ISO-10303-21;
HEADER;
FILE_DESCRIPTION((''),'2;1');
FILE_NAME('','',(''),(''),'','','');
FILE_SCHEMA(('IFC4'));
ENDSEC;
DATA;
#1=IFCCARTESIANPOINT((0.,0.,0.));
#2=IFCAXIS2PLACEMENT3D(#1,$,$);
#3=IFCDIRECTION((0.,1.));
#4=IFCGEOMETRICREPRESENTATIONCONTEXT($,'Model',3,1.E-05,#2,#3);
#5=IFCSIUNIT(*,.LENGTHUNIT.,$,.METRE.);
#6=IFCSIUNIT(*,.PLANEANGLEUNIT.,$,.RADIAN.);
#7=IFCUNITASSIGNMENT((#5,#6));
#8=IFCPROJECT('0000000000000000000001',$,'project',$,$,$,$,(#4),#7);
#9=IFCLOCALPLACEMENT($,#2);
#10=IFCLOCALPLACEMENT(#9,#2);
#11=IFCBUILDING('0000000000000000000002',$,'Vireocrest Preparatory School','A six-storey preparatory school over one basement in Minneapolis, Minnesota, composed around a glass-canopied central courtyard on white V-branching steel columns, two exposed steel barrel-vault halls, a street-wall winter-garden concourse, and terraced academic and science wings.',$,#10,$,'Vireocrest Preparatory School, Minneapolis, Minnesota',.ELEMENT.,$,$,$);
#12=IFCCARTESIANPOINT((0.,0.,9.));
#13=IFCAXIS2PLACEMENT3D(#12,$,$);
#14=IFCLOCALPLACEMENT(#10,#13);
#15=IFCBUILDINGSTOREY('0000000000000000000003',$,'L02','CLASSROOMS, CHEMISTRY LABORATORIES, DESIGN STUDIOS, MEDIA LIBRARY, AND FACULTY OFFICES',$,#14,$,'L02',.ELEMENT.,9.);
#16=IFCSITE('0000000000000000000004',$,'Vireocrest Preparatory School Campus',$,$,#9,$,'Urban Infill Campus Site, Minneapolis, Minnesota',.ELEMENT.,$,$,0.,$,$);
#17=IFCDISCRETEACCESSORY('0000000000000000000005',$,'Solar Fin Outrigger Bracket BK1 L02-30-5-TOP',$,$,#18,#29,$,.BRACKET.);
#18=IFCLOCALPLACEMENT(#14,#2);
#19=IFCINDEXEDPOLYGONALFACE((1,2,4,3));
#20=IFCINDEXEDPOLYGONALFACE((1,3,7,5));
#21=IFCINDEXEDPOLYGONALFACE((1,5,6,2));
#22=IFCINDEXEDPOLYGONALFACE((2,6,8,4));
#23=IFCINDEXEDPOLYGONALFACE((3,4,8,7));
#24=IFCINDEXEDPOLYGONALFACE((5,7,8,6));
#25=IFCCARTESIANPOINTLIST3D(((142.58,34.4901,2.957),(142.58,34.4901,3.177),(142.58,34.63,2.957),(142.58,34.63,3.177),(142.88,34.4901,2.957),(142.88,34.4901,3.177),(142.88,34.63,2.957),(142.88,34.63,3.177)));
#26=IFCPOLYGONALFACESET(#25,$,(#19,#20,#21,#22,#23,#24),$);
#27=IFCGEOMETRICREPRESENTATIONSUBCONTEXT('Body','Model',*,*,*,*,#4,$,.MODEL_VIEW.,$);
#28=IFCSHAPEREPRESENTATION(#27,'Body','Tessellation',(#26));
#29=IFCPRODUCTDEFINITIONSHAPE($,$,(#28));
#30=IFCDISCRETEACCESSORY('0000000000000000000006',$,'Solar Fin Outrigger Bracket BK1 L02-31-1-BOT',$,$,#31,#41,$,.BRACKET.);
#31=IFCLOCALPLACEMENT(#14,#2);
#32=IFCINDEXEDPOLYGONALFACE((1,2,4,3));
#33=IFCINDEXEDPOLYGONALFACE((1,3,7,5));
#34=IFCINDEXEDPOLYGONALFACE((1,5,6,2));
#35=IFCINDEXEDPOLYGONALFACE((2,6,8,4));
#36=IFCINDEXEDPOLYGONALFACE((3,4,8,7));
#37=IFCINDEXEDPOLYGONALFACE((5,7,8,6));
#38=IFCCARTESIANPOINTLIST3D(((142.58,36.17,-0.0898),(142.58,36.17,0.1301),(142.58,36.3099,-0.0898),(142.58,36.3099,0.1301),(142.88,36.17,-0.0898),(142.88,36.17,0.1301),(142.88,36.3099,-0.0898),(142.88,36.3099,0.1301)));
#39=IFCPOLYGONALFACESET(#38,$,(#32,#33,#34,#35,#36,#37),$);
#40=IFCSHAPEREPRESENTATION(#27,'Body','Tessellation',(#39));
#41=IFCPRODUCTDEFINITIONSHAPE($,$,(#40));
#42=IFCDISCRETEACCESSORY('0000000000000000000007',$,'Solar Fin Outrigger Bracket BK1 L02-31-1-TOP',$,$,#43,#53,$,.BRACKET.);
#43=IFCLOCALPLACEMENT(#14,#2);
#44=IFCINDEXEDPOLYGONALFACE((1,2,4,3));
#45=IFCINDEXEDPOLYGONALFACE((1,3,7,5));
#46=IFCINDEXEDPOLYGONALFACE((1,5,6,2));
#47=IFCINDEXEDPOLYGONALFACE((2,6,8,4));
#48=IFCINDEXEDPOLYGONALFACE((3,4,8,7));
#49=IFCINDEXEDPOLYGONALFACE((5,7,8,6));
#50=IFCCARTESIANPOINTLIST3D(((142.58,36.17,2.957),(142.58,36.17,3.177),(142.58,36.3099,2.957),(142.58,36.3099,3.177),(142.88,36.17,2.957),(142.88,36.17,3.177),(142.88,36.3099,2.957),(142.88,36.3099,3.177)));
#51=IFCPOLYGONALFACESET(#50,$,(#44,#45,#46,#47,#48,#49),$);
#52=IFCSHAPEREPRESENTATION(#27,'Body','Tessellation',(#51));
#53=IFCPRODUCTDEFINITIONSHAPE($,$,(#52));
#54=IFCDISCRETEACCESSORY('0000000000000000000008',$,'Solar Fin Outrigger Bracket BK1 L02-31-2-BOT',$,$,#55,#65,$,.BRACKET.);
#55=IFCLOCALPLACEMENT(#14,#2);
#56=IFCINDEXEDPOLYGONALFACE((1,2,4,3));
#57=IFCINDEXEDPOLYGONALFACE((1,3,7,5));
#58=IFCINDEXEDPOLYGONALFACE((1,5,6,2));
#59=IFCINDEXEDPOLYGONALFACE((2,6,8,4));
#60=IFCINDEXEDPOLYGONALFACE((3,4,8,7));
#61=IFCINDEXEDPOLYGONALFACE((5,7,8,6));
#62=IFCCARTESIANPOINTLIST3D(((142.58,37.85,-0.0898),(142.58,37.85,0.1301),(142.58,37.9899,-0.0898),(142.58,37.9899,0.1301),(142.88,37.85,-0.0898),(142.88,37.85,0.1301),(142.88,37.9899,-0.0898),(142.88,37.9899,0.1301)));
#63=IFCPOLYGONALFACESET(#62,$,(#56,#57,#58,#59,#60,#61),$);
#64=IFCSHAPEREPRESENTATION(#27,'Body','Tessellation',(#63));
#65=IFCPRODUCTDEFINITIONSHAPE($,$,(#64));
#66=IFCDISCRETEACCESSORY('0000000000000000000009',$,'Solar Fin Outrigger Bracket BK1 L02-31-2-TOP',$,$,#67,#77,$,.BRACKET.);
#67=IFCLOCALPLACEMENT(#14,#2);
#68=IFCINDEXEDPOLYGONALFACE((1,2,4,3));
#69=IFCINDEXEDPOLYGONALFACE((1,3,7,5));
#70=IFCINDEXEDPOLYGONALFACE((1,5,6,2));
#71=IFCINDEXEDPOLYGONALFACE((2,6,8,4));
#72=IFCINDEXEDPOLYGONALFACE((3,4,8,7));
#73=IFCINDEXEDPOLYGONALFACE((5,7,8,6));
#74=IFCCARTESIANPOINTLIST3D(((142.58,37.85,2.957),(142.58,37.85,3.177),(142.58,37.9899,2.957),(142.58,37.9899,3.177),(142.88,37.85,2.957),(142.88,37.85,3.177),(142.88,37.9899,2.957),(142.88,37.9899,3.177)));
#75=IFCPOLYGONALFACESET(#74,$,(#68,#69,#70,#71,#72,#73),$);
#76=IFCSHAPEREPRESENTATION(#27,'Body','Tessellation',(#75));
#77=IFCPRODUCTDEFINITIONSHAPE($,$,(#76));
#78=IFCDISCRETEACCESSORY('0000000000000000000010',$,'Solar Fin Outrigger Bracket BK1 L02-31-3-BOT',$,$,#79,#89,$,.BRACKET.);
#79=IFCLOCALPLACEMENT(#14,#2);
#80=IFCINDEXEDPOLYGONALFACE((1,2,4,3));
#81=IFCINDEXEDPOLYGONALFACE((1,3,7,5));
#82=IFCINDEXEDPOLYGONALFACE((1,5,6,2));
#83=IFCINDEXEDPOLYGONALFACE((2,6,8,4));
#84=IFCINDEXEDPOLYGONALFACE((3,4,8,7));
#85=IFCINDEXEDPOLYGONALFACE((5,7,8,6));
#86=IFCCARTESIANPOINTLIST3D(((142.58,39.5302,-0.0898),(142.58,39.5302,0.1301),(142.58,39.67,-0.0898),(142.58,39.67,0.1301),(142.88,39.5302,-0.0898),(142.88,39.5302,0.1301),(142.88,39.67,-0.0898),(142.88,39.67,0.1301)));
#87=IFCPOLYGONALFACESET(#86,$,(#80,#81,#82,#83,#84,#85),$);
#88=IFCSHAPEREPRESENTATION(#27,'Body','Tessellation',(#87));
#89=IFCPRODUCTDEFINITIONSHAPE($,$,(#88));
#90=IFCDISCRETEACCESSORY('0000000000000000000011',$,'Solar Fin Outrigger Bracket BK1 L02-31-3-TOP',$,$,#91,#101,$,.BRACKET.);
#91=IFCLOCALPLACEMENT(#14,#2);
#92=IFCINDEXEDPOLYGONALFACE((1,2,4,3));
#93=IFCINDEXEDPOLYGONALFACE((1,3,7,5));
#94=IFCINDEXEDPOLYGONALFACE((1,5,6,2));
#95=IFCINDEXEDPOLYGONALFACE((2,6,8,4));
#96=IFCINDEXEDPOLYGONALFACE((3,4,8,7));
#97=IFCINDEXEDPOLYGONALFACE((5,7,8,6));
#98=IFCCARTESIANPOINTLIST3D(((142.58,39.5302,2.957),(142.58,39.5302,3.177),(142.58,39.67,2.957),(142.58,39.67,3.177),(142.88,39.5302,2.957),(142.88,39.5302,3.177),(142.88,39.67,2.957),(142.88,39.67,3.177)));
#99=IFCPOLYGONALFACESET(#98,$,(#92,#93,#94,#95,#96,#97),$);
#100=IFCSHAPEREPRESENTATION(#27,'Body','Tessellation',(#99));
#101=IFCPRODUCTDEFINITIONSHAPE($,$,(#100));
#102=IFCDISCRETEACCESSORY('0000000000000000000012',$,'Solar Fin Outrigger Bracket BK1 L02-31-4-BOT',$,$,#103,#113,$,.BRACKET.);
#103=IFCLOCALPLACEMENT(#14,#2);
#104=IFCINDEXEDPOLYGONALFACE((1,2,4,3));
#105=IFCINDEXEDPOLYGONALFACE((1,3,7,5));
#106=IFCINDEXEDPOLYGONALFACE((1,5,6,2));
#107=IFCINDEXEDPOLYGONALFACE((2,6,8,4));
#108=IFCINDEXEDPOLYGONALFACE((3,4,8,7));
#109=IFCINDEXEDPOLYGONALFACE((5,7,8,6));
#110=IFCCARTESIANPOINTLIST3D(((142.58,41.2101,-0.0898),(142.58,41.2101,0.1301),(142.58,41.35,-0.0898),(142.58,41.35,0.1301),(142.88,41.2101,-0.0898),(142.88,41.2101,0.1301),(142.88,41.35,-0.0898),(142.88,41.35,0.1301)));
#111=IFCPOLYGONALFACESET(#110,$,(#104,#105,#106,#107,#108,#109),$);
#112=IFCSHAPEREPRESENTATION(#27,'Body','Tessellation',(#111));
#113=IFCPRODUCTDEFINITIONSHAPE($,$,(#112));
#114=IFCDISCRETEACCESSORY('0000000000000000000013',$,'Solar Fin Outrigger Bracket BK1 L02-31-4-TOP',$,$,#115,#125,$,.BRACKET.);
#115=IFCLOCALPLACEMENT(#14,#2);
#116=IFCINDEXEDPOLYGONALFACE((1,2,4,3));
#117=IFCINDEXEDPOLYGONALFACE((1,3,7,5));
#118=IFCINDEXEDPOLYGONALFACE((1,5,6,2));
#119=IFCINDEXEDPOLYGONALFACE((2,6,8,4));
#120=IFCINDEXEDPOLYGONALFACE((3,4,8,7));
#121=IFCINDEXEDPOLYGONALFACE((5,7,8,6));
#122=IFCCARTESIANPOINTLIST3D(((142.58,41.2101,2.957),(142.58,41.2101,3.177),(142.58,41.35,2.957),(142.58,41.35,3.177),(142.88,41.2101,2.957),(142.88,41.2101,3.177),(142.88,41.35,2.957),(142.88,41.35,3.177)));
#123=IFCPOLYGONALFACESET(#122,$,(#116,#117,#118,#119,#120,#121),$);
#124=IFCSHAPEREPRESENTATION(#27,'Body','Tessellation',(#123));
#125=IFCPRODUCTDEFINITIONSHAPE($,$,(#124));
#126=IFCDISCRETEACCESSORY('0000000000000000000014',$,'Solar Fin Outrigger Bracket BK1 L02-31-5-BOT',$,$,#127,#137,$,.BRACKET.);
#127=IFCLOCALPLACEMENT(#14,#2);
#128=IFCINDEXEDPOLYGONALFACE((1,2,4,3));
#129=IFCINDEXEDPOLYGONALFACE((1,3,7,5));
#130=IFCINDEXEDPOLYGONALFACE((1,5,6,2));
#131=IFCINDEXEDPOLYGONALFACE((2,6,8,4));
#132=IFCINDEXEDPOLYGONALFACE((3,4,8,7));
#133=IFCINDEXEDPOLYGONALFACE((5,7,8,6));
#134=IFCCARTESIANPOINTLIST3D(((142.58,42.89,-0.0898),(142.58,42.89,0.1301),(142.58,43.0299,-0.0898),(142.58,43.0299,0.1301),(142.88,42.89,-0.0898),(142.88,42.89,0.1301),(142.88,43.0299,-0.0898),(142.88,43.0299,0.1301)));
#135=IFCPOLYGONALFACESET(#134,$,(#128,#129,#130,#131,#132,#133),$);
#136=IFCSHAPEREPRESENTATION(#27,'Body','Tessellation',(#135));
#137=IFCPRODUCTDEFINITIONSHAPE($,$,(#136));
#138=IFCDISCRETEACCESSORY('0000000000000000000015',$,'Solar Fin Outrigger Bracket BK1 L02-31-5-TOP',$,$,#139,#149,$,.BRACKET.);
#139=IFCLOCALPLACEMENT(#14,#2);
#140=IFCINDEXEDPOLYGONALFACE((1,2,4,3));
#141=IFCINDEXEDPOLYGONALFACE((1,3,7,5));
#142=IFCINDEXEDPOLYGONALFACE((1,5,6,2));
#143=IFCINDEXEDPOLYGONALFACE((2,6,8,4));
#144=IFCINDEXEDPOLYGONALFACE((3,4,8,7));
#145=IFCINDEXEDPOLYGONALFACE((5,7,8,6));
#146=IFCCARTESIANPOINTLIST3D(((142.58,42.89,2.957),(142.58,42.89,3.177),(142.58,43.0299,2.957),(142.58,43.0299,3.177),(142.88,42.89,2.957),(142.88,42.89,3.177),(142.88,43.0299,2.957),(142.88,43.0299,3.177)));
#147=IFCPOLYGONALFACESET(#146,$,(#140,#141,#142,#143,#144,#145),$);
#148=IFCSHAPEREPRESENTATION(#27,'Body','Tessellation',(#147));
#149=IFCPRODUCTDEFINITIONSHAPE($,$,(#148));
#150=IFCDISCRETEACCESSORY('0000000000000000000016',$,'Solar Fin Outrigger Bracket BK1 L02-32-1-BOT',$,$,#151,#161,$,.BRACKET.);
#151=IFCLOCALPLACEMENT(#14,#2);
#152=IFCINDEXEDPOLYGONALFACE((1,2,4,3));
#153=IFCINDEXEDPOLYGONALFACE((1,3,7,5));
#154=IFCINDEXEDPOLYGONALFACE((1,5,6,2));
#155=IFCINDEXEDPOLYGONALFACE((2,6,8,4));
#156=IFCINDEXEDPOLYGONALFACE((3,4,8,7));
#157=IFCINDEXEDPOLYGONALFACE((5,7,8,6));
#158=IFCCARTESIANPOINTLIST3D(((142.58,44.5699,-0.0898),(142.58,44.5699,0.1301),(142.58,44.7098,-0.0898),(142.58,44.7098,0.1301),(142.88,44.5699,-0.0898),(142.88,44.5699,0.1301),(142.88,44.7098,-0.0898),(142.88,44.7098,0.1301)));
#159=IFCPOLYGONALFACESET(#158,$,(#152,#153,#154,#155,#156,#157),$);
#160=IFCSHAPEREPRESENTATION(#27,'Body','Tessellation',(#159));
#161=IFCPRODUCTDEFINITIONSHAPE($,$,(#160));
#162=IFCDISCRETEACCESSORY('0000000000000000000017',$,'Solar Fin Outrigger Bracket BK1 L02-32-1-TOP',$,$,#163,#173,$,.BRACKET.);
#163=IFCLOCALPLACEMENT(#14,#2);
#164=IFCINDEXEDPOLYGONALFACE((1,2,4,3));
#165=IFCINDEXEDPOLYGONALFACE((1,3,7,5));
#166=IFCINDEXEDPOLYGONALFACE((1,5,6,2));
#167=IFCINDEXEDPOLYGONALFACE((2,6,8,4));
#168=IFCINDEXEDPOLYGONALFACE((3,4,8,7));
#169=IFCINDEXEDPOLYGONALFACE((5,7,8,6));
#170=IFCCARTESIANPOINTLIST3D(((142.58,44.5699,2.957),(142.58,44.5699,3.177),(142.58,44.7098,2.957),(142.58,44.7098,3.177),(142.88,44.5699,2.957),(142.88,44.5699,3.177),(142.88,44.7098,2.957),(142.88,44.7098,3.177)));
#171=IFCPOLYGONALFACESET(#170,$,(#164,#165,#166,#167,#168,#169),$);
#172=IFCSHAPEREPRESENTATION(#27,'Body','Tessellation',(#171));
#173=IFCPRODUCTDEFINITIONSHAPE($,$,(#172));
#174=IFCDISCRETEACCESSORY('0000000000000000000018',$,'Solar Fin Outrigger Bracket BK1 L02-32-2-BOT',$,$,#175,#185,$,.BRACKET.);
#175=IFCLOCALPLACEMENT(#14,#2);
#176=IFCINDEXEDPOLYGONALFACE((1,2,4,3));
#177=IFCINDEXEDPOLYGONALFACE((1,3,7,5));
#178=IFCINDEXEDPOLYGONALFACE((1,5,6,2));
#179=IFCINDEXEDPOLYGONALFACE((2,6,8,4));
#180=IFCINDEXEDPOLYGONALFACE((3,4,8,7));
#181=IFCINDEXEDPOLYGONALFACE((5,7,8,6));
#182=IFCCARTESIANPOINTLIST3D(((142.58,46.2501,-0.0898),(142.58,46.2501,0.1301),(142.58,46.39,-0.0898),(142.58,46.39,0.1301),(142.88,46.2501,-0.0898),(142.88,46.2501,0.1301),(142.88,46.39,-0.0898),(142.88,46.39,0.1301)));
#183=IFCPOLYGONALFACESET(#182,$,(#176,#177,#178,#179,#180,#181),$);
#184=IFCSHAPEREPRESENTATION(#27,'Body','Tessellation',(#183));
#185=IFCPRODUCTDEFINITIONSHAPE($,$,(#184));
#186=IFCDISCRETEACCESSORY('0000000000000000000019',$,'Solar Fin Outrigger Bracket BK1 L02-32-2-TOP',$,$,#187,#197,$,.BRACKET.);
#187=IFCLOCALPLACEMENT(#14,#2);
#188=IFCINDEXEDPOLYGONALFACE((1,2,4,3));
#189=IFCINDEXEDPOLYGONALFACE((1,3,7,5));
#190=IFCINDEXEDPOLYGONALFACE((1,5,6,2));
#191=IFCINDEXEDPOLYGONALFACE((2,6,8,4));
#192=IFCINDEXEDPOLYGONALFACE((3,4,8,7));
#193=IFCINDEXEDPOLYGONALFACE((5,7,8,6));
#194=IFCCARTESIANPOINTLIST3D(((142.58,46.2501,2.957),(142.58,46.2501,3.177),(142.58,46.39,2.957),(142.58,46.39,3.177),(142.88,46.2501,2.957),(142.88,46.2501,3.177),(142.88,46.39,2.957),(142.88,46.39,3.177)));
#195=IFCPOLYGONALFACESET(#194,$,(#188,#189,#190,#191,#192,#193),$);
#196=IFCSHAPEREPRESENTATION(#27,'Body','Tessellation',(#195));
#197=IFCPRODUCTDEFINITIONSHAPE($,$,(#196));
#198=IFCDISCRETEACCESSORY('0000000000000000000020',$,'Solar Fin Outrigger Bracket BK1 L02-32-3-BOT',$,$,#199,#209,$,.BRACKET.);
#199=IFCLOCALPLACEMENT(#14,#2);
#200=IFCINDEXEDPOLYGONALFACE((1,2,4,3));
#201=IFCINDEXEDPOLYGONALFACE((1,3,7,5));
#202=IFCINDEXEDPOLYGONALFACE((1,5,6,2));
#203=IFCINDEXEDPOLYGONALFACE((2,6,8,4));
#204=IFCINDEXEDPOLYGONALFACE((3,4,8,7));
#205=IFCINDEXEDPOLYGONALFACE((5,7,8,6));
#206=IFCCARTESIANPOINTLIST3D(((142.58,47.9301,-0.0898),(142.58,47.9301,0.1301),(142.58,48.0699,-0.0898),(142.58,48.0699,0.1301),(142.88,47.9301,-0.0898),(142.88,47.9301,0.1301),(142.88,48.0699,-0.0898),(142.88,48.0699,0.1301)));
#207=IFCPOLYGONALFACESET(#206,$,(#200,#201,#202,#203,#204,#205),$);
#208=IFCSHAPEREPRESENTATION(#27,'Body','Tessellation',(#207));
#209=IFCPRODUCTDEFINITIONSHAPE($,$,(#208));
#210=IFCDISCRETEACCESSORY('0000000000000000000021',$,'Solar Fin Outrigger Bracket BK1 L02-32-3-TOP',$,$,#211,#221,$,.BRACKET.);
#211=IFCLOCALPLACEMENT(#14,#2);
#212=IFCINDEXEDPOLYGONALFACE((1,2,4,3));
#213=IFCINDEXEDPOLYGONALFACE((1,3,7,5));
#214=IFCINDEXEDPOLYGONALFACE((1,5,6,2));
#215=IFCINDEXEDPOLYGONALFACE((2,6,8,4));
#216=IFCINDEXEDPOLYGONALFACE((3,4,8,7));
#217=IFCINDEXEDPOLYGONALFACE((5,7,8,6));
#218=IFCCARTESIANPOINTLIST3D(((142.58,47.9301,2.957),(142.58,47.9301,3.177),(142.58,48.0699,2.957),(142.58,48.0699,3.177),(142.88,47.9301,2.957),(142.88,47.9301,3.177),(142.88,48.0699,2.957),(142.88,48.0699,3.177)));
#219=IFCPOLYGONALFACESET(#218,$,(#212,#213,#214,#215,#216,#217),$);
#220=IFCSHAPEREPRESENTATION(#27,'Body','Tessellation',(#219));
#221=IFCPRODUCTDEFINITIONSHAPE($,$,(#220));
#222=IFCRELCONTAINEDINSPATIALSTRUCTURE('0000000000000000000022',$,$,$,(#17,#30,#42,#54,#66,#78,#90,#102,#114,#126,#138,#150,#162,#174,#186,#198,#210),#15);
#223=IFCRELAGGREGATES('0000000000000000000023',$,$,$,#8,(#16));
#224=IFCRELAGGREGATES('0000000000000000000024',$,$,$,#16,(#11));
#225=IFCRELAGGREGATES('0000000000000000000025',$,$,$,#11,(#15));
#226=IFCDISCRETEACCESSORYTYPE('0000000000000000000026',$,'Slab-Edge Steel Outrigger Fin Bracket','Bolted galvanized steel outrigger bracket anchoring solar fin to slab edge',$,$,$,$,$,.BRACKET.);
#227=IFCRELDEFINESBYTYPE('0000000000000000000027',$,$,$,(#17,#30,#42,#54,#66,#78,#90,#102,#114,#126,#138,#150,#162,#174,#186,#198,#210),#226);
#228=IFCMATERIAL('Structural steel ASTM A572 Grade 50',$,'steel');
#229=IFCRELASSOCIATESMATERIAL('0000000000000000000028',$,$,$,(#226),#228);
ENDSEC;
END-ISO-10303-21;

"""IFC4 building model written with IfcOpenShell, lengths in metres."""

from ifc_helpers import new_model, si_unit, direction, frame, origin, origin_2d, place, context, subcontext, project, spatial, rectangle, extrude, material, type_object, element, save


model = new_model("IFC4")

# Units and contexts
model_context = context("Model", 3, precision=1e-05, world=origin(), true_north=direction((0.0, 1.0)))
body_context = subcontext(model_context, "Body", "Model", "MODEL_VIEW")
ifc_project = project(units=[si_unit("LENGTHUNIT", "METRE"), si_unit("PLANEANGLEUNIT", "RADIAN")], contexts=[model_context])

# Site, building, storey
site_placement = place(None, origin())
site = spatial("IfcSite", under=ifc_project, at=site_placement, Name="Vireocrest Preparatory School Campus", LongName="Urban Infill Campus Site, Minneapolis, Minnesota", CompositionType="ELEMENT", RefElevation=0.0)
building_placement = place(site_placement, origin())
building = spatial("IfcBuilding", under=site, at=building_placement, Name="Vireocrest Preparatory School", Description="A six-storey preparatory school over one basement in Minneapolis, Minnesota, composed around a glass-canopied central courtyard on white V-branching steel columns, two exposed steel barrel-vault halls, a street-wall winter-garden concourse, and terraced academic and science wings.", LongName="Vireocrest Preparatory School, Minneapolis, Minnesota", CompositionType="ELEMENT")
storey_placement = place(building_placement, frame((0.0, 0.0, 9.0)))
storey = spatial("IfcBuildingStorey", under=building, at=storey_placement, Name="L02", Description="CLASSROOMS, CHEMISTRY LABORATORIES, DESIGN STUDIOS, MEDIA LIBRARY, AND FACULTY OFFICES", LongName="L02", CompositionType="ELEMENT", Elevation=9.0)

# Discrete accessories
ifc_material_1 = material(Name="Structural steel ASTM A572 Grade 50", Category="steel")
discrete_accessory_type = type_object("IfcDiscreteAccessoryType", Name="Slab-Edge Steel Outrigger Fin Bracket", Description="Bolted galvanized steel outrigger bracket anchoring solar fin to slab edge", PredefinedType="BRACKET", material=ifc_material_1)
for number, where, z_axis, x_axis, name in (
    (1, (142.73, 34.5601, 2.957), (0.0, 0.0, 1.0), (0.0, 1.0, 0.0), "Solar Fin Outrigger Bracket BK1 L02-30-5-TOP"),
    (2, (142.73, 36.24, -0.0898), (0.0, 0.0, 1.0), (0.0, 1.0, 0.0), "Solar Fin Outrigger Bracket BK1 L02-31-1-BOT"),
    (3, (142.73, 36.24, 2.957), (0.0, 0.0, 1.0), (0.0, 1.0, 0.0), "Solar Fin Outrigger Bracket BK1 L02-31-1-TOP"),
    (4, (142.73, 37.9199, -0.0898), (0.0, 0.0, 1.0), (0.0, 1.0, 0.0), "Solar Fin Outrigger Bracket BK1 L02-31-2-BOT"),
    (5, (142.73, 37.9199, 2.957), (0.0, 0.0, 1.0), (0.0, 1.0, 0.0), "Solar Fin Outrigger Bracket BK1 L02-31-2-TOP"),
    (6, (142.73, 39.6001, -0.0898), (0.0, 0.0, 1.0), (0.0, 1.0, 0.0), "Solar Fin Outrigger Bracket BK1 L02-31-3-BOT"),
    (7, (142.73, 39.6001, 2.957), (0.0, 0.0, 1.0), (0.0, 1.0, 0.0), "Solar Fin Outrigger Bracket BK1 L02-31-3-TOP"),
    (8, (142.73, 41.28, -0.0898), (0.0, 0.0, 1.0), (0.0, 1.0, 0.0), "Solar Fin Outrigger Bracket BK1 L02-31-4-BOT"),
    (9, (142.73, 41.28, 2.957), (0.0, 0.0, 1.0), (0.0, 1.0, 0.0), "Solar Fin Outrigger Bracket BK1 L02-31-4-TOP"),
    (10, (142.73, 42.96, -0.0898), (0.0, 0.0, 1.0), (0.0, 1.0, 0.0), "Solar Fin Outrigger Bracket BK1 L02-31-5-BOT"),
    (11, (142.73, 42.96, 2.957), (0.0, 0.0, 1.0), (0.0, 1.0, 0.0), "Solar Fin Outrigger Bracket BK1 L02-31-5-TOP"),
    (12, (142.73, 44.6399, -0.0898), (0.0, 0.0, 1.0), (0.0, 1.0, 0.0), "Solar Fin Outrigger Bracket BK1 L02-32-1-BOT"),
    (13, (142.73, 44.6399, 2.957), (0.0, 0.0, 1.0), (0.0, 1.0, 0.0), "Solar Fin Outrigger Bracket BK1 L02-32-1-TOP"),
    (14, (142.73, 46.3201, -0.0898), (0.0, 0.0, 1.0), (0.0, 1.0, 0.0), "Solar Fin Outrigger Bracket BK1 L02-32-2-BOT"),
    (15, (142.73, 46.3201, 2.957), (0.0, 0.0, 1.0), (0.0, 1.0, 0.0), "Solar Fin Outrigger Bracket BK1 L02-32-2-TOP"),
    (16, (142.73, 48.0, -0.0898), (0.0, 0.0, 1.0), (0.0, 1.0, 0.0), "Solar Fin Outrigger Bracket BK1 L02-32-3-BOT"),
    (17, (142.73, 48.0, 2.957), (0.0, 0.0, 1.0), (0.0, 1.0, 0.0), "Solar Fin Outrigger Bracket BK1 L02-32-3-TOP"),
):
    element("IfcDiscreteAccessory", number, at=place(storey_placement, frame(where, z_axis=z_axis, x_axis=x_axis)), inside=storey, type_object=discrete_accessory_type, Name=name, PredefinedType="BRACKET", context=body_context, shape_type="SweptSolid", body=[
        extrude(rectangle(XDim=0.1399, YDim=0.3, at=origin_2d()), origin(), (0.0, 0.0, 1.0), 0.22),
    ])

save(model, "model.ifc")
